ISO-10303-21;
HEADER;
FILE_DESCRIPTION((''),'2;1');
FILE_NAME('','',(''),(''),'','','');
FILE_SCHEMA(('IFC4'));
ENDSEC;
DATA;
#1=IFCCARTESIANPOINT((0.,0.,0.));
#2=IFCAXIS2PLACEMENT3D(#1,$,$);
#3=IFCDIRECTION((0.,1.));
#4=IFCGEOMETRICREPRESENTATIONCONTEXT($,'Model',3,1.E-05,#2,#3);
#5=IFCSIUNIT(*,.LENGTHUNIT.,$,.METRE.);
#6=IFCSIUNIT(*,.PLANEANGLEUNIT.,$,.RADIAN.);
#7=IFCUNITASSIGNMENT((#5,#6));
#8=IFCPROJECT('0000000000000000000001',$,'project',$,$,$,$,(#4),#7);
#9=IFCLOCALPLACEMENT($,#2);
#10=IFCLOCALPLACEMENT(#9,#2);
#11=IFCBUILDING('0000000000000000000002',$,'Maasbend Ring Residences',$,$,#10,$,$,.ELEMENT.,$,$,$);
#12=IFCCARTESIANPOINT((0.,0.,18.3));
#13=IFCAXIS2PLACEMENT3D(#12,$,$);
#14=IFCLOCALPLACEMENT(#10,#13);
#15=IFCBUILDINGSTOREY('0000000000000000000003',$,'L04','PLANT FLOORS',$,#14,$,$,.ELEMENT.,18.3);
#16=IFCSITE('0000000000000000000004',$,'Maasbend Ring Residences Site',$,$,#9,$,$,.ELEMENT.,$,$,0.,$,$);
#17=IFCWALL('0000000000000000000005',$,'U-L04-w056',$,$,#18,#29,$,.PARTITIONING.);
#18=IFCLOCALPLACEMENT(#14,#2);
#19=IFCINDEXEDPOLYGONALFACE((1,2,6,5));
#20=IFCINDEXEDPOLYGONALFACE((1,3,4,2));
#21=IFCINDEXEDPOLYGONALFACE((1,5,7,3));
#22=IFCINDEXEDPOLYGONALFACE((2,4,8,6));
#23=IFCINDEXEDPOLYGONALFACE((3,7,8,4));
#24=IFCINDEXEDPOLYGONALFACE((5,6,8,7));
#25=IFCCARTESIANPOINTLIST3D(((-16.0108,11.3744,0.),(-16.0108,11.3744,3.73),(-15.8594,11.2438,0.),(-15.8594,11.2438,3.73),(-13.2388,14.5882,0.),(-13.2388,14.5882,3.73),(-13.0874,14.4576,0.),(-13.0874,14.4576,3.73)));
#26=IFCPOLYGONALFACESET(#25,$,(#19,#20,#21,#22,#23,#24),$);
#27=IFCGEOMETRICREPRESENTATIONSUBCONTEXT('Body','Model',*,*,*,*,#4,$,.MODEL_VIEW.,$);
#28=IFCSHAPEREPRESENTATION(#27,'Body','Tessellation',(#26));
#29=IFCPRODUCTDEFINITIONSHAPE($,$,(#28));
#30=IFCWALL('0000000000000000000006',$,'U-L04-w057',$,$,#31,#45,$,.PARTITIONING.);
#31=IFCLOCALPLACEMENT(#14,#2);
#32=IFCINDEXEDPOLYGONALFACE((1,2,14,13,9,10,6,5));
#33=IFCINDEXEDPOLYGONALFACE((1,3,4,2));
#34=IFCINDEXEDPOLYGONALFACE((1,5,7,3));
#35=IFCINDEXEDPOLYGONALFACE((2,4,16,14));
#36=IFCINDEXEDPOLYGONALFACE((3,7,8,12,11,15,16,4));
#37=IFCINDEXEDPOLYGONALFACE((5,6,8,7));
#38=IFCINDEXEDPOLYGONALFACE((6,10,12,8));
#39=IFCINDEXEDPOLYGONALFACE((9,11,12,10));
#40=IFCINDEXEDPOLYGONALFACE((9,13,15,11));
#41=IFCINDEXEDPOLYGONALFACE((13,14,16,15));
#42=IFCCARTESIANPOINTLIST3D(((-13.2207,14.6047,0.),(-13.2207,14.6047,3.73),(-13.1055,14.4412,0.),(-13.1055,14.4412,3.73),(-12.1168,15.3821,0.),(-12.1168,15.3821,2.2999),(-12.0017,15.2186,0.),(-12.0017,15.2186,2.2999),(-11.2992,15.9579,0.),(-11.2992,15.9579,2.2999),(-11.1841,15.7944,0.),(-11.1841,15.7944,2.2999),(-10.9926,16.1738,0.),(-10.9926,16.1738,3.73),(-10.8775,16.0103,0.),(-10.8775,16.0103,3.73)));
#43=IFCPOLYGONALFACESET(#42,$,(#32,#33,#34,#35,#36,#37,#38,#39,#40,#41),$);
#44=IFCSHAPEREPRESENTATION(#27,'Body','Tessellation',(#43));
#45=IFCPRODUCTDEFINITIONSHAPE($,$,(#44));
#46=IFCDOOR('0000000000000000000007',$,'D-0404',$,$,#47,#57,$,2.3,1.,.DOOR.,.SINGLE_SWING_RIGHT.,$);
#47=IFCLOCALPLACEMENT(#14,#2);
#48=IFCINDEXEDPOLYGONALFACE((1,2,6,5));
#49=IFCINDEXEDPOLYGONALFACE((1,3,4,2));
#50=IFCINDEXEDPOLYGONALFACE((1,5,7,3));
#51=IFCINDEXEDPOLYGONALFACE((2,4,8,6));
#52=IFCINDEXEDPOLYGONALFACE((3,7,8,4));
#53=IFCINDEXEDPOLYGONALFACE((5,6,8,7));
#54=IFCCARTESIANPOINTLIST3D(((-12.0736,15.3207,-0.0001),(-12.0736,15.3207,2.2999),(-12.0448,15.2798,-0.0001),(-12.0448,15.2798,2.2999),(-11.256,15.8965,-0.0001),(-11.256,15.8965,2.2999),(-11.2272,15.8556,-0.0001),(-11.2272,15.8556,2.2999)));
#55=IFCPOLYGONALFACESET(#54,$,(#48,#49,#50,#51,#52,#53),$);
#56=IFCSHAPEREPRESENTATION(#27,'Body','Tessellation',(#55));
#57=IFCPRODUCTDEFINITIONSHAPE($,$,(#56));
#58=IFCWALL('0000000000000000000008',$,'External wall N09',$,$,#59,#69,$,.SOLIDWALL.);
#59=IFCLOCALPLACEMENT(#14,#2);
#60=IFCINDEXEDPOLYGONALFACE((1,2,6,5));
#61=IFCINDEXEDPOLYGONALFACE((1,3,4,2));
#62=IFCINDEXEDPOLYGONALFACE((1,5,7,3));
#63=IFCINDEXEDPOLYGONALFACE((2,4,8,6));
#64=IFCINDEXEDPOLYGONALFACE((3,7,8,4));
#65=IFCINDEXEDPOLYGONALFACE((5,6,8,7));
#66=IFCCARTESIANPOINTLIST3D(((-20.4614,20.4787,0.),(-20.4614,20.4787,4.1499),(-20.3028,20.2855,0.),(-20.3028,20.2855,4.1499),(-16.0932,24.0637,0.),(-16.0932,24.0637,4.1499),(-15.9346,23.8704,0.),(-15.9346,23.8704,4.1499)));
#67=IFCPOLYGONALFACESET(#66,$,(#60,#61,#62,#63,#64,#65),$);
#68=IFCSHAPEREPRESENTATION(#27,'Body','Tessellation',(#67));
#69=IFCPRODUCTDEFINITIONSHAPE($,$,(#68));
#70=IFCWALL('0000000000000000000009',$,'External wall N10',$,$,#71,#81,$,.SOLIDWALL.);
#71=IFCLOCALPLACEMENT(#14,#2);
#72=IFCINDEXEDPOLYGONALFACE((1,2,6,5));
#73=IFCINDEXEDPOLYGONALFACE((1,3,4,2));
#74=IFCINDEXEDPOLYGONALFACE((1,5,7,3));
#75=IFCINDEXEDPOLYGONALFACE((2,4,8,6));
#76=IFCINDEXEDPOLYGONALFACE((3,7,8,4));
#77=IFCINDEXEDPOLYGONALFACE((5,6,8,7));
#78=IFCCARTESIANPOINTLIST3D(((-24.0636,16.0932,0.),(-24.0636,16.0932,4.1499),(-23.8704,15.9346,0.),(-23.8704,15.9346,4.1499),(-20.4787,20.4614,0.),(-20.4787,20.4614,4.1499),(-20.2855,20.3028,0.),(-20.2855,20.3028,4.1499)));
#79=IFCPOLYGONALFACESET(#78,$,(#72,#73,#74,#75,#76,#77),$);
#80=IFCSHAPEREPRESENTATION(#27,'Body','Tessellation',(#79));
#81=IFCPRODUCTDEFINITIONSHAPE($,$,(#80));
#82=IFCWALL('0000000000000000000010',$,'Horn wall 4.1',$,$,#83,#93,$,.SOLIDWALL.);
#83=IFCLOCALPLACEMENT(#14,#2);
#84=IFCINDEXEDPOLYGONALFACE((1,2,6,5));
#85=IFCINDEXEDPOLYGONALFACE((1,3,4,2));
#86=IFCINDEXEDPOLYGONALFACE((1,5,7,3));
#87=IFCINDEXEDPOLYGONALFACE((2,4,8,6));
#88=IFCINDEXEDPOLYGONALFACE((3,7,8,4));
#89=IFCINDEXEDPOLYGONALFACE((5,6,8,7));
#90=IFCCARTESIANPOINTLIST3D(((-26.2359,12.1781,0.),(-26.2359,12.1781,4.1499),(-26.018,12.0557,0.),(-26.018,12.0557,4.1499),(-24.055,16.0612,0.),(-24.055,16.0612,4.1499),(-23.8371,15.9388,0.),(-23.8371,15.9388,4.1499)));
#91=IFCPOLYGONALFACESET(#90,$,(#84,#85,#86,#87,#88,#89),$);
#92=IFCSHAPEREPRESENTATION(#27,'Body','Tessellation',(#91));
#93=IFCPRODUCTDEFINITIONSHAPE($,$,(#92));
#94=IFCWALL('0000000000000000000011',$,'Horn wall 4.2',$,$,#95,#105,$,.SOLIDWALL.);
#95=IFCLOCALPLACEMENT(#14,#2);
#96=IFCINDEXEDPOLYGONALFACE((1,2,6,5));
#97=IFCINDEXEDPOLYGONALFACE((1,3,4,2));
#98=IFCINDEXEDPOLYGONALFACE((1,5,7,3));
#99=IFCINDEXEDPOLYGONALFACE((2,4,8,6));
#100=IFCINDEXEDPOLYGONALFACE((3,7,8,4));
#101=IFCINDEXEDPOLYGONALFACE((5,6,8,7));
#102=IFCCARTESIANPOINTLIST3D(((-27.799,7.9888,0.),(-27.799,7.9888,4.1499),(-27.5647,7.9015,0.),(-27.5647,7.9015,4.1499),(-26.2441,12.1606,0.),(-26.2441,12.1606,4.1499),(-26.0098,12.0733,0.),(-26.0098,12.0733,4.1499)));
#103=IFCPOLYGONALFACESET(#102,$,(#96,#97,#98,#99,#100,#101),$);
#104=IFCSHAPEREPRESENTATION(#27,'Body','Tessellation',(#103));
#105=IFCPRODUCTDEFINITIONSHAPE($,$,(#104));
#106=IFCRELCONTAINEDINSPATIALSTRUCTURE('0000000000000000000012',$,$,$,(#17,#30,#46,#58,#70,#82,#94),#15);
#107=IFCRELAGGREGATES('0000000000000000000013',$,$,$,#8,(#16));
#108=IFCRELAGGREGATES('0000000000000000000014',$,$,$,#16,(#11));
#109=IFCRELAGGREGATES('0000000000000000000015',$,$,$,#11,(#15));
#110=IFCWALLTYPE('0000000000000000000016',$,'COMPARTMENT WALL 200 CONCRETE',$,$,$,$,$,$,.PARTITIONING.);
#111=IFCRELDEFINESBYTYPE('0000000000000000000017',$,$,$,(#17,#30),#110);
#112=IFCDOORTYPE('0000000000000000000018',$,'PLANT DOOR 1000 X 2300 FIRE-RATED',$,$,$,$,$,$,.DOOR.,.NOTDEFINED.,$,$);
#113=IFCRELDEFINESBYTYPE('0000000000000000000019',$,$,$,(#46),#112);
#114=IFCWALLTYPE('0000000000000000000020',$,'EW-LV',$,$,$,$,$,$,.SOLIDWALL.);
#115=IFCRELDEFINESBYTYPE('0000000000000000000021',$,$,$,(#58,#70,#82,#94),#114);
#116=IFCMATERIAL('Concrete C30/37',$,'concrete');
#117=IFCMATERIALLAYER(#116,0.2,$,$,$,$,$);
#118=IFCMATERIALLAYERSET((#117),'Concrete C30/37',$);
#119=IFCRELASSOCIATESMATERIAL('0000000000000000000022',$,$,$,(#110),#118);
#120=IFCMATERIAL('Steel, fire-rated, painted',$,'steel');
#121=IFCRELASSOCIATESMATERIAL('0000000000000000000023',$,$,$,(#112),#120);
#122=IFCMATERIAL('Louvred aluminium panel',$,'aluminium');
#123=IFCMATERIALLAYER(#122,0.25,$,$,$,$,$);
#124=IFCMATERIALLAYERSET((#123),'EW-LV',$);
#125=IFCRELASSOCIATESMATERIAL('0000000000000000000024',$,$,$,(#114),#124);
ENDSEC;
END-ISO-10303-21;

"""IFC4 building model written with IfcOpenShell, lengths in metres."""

from ifc_helpers import new_model, si_unit, direction, frame, frame_2d, origin, place, context, subcontext, project, spatial, rectangle, extrude, material, layer, layer_set, type_object, element, fill, save


model = new_model("IFC4")

# Units and contexts
model_context = context("Model", 3, precision=1e-05, world=origin(), true_north=direction((0.0, 1.0)))
body_context = subcontext(model_context, "Body", "Model", "MODEL_VIEW")
ifc_project = project(units=[si_unit("LENGTHUNIT", "METRE"), si_unit("PLANEANGLEUNIT", "RADIAN")], contexts=[model_context])

# Site, building, storey
site_placement = place(None, origin())
site = spatial("IfcSite", under=ifc_project, at=site_placement, Name="Maasbend Ring Residences Site", CompositionType="ELEMENT", RefElevation=0.0)
building_placement = place(site_placement, origin())
building = spatial("IfcBuilding", under=site, at=building_placement, Name="Maasbend Ring Residences", CompositionType="ELEMENT")
storey_placement = place(building_placement, frame((0.0, 0.0, 18.3)))
storey = spatial("IfcBuildingStorey", under=building, at=storey_placement, Name="L04", Description="PLANT FLOORS", CompositionType="ELEMENT", Elevation=18.3)

# Shared definitions
ifc_material_1 = material(Name="Concrete C30/37", Category="concrete")
ifc_layer_1 = layer(ifc_material_1, 0.2)
ifc_layer_set_1 = layer_set([ifc_layer_1], Name="Concrete C30/37")
wall_type_1 = type_object("IfcWallType", Name="COMPARTMENT WALL 200 CONCRETE", PredefinedType="PARTITIONING", material=ifc_layer_set_1)

# Shared definitions
ifc_material_2 = material(Name="Steel, fire-rated, painted", Category="steel")
door_type = type_object("IfcDoorType", Name="PLANT DOOR 1000 X 2300 FIRE-RATED", OperationType="NOTDEFINED", PredefinedType="DOOR", material=ifc_material_2)

# Wall
wall_1_placement = place(storey_placement, frame((-15.9351, 11.3091, 0.0), z_axis=(0.0, 0.0, 1.0), x_axis=(0.653128, 0.757247, 0.0)))
element("IfcWall", 1, at=wall_1_placement, inside=storey, type_object=wall_type_1, Name="U-L04-w056", PredefinedType="PARTITIONING", context=body_context, shape_type="SweptSolid", body=[
    extrude(rectangle(XDim=4.2441, YDim=0.2, at=frame_2d((2.1221, 0.0))), origin(), (0.0, 0.0, 1.0), 3.73),
])

# Wall, opening, door
wall_2_placement = place(storey_placement, frame((-13.1631, 14.5229, 0.0), z_axis=(0.0, 0.0, 1.0), x_axis=(0.817596, 0.575793, 0.0)))
wall_2 = element("IfcWall", 2, at=wall_2_placement, inside=storey, type_object=wall_type_1, Name="U-L04-w057", PredefinedType="PARTITIONING", context=body_context, shape_type="SweptSolid", body=[
    extrude(rectangle(XDim=2.7251, YDim=0.2, at=frame_2d((1.3625, 0.0))), origin(), (0.0, 0.0, 1.0), 3.73),
])
opening_1_placement = place(wall_2_placement, frame((1.3501, 0.0, 0.0)))
opening_1 = element("IfcOpeningElement", 3, at=opening_1_placement, cuts=wall_2, PredefinedType="OPENING", context=body_context, shape_type="SweptSolid", body=[
    extrude(rectangle(XDim=1.0, YDim=2.3, at=frame_2d((0.5, 1.1499))), frame((0.0, 0.1099, 0.0), z_axis=(0.0, -1.0, 0.0), x_axis=(1.0, 0.0, 0.0)), (0.0, 0.0, 1.0), 0.22),
])
door_1_placement = place(opening_1_placement, origin())
door_1 = element("IfcDoor", 4, at=door_1_placement, inside=storey, type_object=door_type, Name="D-0404", OperationType="SINGLE_SWING_RIGHT", OverallHeight=2.3, OverallWidth=1.0, PredefinedType="DOOR", context=body_context, shape_type="SweptSolid", body=[
    extrude(rectangle(XDim=1.0, YDim=2.3, at=frame_2d((0.5, 1.1499))), frame((0.0, 0.0249, 0.0), z_axis=(0.0, -1.0, 0.0), x_axis=(1.0, 0.0, 0.0)), (0.0, 0.0, 1.0), 0.05),
])
fill(opening_1, door_1)

# Walls
ifc_material_3 = material(Name="Louvred aluminium panel", Category="aluminium")
ifc_layer_2 = layer(ifc_material_3, 0.25)
ifc_layer_set_2 = layer_set([ifc_layer_2], Name="EW-LV")
wall_type_2 = type_object("IfcWallType", Name="EW-LV", PredefinedType="SOLIDWALL", material=ifc_layer_set_2)
for number, where, z_axis, x_axis, name in (
    (5, (-16.0139, 23.967, 0.0), (0.0, 0.0, 1.0), (-0.773002, -0.634404, 0.0), "External wall N09"),
    (6, (-20.3821, 20.3821, 0.0), (0.0, 0.0, 1.0), (-0.634404, -0.773002, 0.0), "External wall N10"),
):
    element("IfcWall", number, at=place(storey_placement, frame(where, z_axis=z_axis, x_axis=x_axis)), inside=storey, type_object=wall_type_2, Name=name, PredefinedType="SOLIDWALL", context=body_context, shape_type="SweptSolid", body=[
        extrude(rectangle(XDim=5.6509, YDim=0.25, at=frame_2d((2.8254, 0.0))), origin(), (0.0, 0.0, 1.0), 4.1499),
    ])
wall_3_placement = place(storey_placement, frame((-23.946, 16.0, 0.0), z_axis=(0.0, 0.0, 1.0), x_axis=(-0.489696, -0.871893, 0.0)))
element("IfcWall", 7, at=wall_3_placement, inside=storey, type_object=wall_type_2, Name="Horn wall 4.1", PredefinedType="SOLIDWALL", context=body_context, shape_type="SweptSolid", body=[
    extrude(rectangle(XDim=4.4536, YDim=0.25, at=frame_2d((2.2268, 0.0))), origin(), (0.0, 0.0, 1.0), 4.1499),
])
wall_4_placement = place(storey_placement, frame((-26.127, 12.1169, 0.0), z_axis=(0.0, 0.0, 1.0), x_axis=(-0.349248, -0.93703, 0.0)))
element("IfcWall", 8, at=wall_4_placement, inside=storey, type_object=wall_type_2, Name="Horn wall 4.2", PredefinedType="SOLIDWALL", context=body_context, shape_type="SweptSolid", body=[
    extrude(rectangle(XDim=4.4521, YDim=0.25, at=frame_2d((2.2261, 0.0))), origin(), (0.0, 0.0, 1.0), 4.1499),
])

save(model, "model.ifc")
